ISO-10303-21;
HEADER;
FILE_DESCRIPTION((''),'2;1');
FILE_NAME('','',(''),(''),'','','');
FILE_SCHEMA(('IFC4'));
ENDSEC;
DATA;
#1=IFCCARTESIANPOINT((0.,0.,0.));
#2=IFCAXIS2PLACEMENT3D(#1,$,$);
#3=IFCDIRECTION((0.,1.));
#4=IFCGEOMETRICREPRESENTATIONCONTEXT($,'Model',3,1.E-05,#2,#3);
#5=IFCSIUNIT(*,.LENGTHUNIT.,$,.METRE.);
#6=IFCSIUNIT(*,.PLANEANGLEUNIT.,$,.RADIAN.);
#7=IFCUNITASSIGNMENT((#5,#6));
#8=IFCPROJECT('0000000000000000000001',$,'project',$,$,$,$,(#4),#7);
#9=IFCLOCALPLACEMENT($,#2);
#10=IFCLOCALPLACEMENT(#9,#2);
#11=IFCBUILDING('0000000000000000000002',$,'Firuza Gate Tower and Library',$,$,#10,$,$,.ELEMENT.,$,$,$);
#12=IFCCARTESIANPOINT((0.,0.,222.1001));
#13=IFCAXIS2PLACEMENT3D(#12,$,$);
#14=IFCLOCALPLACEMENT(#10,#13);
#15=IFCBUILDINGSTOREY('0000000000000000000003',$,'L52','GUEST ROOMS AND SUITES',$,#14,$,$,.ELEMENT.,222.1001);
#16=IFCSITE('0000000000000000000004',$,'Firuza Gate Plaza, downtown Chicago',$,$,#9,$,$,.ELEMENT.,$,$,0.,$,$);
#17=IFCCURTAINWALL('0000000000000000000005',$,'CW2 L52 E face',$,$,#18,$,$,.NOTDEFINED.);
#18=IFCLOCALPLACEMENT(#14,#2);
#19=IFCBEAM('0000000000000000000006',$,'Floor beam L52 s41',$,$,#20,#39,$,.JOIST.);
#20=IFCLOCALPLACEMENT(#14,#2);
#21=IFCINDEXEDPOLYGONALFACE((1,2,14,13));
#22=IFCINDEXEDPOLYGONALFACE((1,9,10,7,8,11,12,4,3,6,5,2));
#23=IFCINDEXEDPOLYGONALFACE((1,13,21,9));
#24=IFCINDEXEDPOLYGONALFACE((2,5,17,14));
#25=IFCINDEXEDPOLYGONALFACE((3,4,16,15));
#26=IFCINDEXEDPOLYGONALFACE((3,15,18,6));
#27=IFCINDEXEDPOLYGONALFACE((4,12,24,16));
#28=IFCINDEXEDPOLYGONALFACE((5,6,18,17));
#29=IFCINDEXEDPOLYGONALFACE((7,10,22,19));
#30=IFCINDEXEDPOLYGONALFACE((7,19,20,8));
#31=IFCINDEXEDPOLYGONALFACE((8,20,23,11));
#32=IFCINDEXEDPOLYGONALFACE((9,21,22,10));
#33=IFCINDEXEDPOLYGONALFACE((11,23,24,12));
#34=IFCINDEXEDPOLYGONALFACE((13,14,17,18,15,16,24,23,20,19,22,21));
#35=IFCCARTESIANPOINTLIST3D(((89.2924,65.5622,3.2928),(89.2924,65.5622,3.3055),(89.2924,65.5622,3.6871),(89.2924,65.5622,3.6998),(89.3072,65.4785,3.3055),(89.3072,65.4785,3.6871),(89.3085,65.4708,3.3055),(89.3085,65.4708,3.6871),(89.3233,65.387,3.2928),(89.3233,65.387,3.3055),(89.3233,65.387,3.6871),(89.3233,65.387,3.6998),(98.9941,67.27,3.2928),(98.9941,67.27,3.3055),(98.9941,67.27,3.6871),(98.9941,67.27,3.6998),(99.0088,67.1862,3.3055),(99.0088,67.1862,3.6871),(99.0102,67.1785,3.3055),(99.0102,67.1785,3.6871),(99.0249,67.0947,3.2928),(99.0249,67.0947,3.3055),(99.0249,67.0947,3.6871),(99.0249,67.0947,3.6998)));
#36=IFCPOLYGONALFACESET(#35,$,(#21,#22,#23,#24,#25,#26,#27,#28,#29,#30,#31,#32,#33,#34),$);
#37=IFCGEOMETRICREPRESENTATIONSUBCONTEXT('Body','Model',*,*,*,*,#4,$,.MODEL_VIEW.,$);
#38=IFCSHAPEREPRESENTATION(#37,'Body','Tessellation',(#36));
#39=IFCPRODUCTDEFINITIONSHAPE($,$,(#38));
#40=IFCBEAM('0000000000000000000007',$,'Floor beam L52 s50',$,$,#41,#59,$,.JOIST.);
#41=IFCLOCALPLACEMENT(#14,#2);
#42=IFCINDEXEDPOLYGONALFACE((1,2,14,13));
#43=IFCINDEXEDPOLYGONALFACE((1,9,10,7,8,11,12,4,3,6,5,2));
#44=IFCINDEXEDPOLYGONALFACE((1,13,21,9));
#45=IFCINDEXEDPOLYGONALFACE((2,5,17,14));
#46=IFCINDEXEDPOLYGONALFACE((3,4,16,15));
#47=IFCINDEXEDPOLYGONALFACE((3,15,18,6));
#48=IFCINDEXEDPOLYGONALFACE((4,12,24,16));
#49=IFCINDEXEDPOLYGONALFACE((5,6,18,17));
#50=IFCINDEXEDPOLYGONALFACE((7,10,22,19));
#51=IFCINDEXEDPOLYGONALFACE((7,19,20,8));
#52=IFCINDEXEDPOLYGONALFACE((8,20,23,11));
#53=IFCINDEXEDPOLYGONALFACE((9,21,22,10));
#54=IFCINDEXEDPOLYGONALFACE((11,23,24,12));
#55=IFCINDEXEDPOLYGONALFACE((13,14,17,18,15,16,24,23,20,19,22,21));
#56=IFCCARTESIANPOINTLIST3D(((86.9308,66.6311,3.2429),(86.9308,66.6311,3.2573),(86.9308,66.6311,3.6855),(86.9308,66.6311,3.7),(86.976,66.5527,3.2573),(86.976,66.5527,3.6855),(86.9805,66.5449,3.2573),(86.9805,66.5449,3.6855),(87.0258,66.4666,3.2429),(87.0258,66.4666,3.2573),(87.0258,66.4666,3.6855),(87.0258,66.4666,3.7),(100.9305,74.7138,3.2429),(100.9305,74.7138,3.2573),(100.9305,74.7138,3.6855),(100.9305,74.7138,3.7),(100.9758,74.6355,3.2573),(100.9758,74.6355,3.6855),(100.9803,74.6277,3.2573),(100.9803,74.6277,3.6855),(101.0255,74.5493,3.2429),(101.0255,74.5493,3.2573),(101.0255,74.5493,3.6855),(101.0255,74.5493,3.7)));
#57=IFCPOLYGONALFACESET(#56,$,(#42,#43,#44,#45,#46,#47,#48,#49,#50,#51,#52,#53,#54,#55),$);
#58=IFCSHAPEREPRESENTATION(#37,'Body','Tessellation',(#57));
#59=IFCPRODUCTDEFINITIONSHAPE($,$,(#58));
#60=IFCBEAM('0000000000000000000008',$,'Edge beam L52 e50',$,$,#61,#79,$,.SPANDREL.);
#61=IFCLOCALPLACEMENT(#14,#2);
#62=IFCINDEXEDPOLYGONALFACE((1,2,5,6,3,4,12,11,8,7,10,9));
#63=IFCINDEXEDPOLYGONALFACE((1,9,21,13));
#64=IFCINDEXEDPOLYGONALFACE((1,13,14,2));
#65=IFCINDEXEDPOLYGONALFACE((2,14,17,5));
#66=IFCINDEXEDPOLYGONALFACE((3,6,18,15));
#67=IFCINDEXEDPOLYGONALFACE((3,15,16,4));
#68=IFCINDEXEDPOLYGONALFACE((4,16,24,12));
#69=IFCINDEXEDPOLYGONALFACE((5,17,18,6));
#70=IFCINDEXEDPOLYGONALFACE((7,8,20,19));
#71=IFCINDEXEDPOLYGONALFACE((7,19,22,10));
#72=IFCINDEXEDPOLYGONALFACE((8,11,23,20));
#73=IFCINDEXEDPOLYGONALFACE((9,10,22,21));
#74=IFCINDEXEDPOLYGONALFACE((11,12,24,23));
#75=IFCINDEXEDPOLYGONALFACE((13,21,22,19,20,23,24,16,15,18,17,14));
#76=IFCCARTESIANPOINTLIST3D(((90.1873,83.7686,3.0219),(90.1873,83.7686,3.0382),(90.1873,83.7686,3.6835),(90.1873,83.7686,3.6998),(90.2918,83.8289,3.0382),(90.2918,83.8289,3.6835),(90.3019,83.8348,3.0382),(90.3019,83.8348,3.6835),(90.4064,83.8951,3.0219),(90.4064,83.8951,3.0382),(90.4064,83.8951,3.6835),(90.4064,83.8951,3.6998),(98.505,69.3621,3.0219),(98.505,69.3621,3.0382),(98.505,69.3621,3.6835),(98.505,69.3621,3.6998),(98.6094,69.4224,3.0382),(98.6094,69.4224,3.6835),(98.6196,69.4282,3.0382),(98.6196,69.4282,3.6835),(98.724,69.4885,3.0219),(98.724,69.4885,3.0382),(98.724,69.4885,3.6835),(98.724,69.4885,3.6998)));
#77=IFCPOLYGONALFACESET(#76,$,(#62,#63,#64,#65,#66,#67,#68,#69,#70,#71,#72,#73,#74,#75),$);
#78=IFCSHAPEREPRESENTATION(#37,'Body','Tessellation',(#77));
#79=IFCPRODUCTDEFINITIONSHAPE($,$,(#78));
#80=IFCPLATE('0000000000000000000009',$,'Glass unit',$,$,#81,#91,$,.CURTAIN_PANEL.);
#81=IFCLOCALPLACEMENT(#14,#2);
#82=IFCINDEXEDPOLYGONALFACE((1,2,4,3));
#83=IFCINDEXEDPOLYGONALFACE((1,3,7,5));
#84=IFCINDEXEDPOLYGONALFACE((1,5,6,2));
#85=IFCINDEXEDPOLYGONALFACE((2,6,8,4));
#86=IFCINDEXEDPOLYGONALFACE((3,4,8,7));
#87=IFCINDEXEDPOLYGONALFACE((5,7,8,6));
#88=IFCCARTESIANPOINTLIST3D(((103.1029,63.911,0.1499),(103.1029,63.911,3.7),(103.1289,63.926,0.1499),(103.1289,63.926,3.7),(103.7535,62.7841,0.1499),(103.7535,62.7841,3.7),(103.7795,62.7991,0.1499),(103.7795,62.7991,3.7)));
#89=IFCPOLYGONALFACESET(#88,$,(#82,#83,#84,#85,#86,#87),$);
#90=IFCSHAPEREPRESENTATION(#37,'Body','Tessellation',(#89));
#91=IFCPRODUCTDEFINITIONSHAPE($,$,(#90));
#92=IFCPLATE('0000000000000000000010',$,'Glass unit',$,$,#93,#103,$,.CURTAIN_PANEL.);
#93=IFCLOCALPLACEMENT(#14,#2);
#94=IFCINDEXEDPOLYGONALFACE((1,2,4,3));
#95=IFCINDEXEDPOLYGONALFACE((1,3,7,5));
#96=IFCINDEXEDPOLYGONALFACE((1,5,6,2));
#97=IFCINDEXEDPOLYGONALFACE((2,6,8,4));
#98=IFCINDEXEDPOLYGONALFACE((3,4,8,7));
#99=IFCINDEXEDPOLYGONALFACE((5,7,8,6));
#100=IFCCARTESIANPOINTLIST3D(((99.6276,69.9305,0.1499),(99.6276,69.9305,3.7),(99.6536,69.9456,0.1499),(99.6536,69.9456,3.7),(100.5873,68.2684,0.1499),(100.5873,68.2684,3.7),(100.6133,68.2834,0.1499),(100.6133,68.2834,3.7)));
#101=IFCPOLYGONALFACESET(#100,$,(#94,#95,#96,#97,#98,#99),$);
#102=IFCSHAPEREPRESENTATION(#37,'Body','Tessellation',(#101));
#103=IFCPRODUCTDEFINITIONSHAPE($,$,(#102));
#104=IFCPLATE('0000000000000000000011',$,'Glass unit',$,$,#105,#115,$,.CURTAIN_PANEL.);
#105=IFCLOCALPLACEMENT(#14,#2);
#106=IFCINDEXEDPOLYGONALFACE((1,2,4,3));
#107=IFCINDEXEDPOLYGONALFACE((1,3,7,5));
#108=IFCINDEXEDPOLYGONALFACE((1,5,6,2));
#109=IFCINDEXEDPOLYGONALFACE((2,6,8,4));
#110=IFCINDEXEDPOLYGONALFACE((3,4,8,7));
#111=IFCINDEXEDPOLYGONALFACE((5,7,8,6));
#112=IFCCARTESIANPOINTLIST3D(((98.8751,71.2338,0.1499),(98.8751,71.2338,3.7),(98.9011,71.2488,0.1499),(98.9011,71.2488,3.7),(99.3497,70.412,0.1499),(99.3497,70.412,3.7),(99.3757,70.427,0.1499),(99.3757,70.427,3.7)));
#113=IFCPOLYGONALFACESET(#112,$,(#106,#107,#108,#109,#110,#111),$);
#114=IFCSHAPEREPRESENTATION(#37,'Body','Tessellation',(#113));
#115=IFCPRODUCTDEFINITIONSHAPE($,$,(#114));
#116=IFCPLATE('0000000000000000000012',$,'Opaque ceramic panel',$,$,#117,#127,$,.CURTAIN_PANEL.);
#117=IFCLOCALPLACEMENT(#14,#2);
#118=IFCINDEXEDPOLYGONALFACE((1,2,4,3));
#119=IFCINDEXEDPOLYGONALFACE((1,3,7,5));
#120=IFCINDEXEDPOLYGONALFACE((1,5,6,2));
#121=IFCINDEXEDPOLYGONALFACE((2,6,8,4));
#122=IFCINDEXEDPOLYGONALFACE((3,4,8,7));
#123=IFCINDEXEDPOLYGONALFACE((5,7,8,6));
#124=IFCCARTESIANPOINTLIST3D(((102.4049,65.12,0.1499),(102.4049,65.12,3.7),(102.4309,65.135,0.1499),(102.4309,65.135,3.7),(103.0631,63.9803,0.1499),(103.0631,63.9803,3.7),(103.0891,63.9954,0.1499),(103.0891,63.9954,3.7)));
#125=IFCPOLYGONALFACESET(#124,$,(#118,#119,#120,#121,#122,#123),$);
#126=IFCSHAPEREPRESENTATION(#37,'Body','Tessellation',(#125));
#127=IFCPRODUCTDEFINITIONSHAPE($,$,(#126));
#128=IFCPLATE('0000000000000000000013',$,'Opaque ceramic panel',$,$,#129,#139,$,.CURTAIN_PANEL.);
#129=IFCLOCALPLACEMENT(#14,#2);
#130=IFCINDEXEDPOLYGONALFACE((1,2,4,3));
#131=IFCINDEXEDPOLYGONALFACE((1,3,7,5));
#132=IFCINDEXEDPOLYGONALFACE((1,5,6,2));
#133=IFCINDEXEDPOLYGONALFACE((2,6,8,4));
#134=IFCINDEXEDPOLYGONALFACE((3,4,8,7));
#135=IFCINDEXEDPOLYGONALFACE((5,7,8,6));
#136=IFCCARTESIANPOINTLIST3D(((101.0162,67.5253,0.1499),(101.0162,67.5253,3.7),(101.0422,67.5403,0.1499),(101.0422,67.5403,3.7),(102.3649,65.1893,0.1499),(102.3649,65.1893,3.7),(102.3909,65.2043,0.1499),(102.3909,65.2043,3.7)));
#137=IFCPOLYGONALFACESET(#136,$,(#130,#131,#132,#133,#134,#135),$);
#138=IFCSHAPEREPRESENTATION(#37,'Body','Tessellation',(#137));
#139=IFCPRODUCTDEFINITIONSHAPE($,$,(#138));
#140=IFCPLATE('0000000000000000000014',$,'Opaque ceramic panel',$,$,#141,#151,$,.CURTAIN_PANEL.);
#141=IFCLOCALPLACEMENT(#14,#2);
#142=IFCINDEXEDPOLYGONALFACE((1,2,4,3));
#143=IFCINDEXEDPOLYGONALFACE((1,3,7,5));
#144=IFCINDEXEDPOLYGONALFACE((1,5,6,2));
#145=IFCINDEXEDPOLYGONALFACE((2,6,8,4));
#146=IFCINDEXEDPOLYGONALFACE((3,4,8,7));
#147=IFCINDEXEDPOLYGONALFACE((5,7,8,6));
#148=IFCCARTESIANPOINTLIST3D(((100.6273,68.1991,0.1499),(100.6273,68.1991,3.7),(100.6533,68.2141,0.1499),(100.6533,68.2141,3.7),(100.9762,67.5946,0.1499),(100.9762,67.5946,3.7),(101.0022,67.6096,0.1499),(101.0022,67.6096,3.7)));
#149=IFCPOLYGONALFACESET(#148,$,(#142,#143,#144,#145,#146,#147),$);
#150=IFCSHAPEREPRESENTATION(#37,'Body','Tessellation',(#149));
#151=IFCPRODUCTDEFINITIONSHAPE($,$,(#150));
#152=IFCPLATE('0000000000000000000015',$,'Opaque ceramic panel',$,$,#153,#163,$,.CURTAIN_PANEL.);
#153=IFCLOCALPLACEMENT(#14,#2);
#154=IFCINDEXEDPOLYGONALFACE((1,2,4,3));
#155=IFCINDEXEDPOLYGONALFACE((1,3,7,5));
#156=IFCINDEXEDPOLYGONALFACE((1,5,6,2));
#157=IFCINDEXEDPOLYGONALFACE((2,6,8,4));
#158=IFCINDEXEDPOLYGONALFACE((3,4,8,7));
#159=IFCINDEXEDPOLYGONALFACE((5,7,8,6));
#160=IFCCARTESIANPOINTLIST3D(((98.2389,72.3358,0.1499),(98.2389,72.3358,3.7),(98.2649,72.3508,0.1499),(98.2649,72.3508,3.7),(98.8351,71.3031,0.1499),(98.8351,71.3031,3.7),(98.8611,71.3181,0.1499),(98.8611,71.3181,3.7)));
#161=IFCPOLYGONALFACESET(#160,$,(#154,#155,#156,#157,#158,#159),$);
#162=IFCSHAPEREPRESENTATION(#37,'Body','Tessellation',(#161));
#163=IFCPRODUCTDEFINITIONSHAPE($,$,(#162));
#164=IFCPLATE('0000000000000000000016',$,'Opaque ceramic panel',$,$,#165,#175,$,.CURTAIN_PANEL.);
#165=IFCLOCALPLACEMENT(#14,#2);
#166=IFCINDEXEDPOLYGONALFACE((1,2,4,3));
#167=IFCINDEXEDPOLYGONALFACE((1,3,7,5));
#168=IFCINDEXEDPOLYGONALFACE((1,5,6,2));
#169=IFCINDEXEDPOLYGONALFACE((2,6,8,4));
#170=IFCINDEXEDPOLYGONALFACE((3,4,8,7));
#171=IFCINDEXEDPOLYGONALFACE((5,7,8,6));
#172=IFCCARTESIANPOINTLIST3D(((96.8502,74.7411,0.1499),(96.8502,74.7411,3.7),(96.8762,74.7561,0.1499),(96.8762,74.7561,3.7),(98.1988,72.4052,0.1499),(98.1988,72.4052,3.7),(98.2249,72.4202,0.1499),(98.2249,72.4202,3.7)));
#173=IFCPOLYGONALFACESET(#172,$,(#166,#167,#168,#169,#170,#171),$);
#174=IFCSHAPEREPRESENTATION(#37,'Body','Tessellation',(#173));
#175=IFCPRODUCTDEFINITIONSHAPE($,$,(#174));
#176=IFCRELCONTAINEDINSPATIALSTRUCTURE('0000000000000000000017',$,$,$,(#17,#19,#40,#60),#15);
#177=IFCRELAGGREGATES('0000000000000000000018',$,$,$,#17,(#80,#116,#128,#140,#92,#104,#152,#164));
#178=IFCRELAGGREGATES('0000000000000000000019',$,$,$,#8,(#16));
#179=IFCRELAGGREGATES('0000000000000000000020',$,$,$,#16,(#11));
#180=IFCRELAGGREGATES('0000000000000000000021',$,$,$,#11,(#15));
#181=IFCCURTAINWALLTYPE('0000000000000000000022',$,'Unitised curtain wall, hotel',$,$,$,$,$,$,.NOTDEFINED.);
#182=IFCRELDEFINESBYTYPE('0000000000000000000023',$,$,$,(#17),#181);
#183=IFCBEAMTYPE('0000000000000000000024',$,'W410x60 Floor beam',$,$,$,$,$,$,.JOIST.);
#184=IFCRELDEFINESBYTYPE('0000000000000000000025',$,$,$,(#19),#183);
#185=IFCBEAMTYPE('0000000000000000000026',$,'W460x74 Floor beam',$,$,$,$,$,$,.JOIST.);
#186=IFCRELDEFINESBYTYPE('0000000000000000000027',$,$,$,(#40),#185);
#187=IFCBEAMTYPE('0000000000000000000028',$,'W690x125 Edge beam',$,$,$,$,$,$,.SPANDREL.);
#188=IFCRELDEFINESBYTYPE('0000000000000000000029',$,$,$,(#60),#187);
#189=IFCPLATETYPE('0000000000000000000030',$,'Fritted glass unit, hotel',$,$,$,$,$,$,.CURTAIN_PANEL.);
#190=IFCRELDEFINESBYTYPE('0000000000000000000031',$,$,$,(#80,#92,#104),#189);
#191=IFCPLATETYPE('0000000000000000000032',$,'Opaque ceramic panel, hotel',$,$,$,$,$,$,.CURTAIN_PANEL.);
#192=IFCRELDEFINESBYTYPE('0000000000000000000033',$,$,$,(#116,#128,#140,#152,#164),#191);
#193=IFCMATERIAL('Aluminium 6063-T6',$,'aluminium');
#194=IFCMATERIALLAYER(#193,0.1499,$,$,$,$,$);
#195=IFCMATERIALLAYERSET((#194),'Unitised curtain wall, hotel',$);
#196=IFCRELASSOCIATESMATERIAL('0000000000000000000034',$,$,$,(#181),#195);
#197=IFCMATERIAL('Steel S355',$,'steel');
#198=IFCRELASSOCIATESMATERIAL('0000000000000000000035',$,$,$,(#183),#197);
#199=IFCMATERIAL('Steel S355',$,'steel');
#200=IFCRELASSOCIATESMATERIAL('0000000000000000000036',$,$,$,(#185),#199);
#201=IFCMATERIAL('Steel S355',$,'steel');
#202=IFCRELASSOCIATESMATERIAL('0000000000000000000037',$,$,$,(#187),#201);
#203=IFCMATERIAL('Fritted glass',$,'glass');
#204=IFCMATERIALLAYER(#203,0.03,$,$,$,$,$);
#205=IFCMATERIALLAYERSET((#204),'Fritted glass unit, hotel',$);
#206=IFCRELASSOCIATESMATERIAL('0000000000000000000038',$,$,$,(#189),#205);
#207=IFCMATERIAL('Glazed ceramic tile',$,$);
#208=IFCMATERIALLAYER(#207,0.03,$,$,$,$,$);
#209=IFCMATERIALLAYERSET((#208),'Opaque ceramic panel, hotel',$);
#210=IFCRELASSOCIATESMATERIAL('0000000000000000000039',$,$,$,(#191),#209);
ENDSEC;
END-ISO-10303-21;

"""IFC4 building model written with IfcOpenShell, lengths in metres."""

from ifc_helpers import new_model, si_unit, direction, frame, origin, origin_2d, place, context, subcontext, project, spatial, polyline, i_section, outline, extrude, material, layer, layer_set, material_profile, profile_set, type_object, element, aggregate, save


model = new_model("IFC4")

# Units and contexts
model_context = context("Model", 3, precision=1e-05, world=origin(), true_north=direction((0.0, 1.0)))
body_context = subcontext(model_context, "Body", "Model", "MODEL_VIEW")
ifc_project = project(units=[si_unit("LENGTHUNIT", "METRE"), si_unit("PLANEANGLEUNIT", "RADIAN")], contexts=[model_context])

# Site, building, storey
site_placement = place(None, origin())
site = spatial("IfcSite", under=ifc_project, at=site_placement, Name="Firuza Gate Plaza, downtown Chicago", CompositionType="ELEMENT", RefElevation=0.0)
building_placement = place(site_placement, origin())
building = spatial("IfcBuilding", under=site, at=building_placement, Name="Firuza Gate Tower and Library", CompositionType="ELEMENT")
storey_placement = place(building_placement, frame((0.0, 0.0, 222.1001)))
storey = spatial("IfcBuildingStorey", under=building, at=storey_placement, Name="L52", Description="GUEST ROOMS AND SUITES", CompositionType="ELEMENT", Elevation=222.1001)

# Curtain wall
ifc_material_1 = material(Name="Aluminium 6063-T6", Category="aluminium")
ifc_layer_1 = layer(ifc_material_1, 0.1499)
ifc_layer_set_1 = layer_set([ifc_layer_1], Name="Unitised curtain wall, hotel")
curtain_wall_type = type_object("IfcCurtainWallType", Name="Unitised curtain wall, hotel", PredefinedType="NOTDEFINED", material=ifc_layer_set_1)
curtain_wall_placement = place(storey_placement, origin())
curtain_wall = element("IfcCurtainWall", 1, at=curtain_wall_placement, inside=storey, type_object=curtain_wall_type, Name="CW2 L52 E face", PredefinedType="NOTDEFINED")

# Beams
ifc_material_2 = material(Name="Steel S355", Category="steel")
ifc_material_profile_1 = material_profile(ifc_material_2, i_section(OverallWidth=0.178, OverallDepth=0.407, WebThickness=0.0078, FlangeThickness=0.0127, at=origin_2d()))
ifc_profile_set_1 = profile_set([ifc_material_profile_1], Name="Steel S355")
beam_type_1 = type_object("IfcBeamType", Name="W410x60 Floor beam", PredefinedType="JOIST", material=ifc_profile_set_1)
beam_1_placement = place(storey_placement, frame((99.0095, 67.1824, 3.4963), z_axis=(-0.984858, -0.173363, 0.0), x_axis=(0.173363, -0.984858, 0.0)))
element("IfcBeam", 2, at=beam_1_placement, inside=storey, type_object=beam_type_1, Name="Floor beam L52 s41", PredefinedType="JOIST", context=body_context, shape_type="SweptSolid", body=[
    extrude(i_section(OverallWidth=0.178, OverallDepth=0.407, WebThickness=0.0078, FlangeThickness=0.0127, at=origin_2d()), origin(), (0.0, 0.0, 1.0), 9.8508),
])
ifc_material_3 = material(Name="Steel S355", Category="steel")
ifc_material_profile_2 = material_profile(ifc_material_3, i_section(OverallWidth=0.1899, OverallDepth=0.457, WebThickness=0.009, FlangeThickness=0.0144, at=origin_2d()))
ifc_profile_set_2 = profile_set([ifc_material_profile_2], Name="Steel S355")
beam_type_2 = type_object("IfcBeamType", Name="W460x74 Floor beam", PredefinedType="JOIST", material=ifc_profile_set_2)
beam_2_placement = place(storey_placement, frame((100.978, 74.6316, 3.4714), z_axis=(-0.866025, -0.5, 0.0), x_axis=(0.5, -0.866025, 0.0)))
element("IfcBeam", 3, at=beam_2_placement, inside=storey, type_object=beam_type_2, Name="Floor beam L52 s50", PredefinedType="JOIST", context=body_context, shape_type="SweptSolid", body=[
    extrude(i_section(OverallWidth=0.1899, OverallDepth=0.457, WebThickness=0.009, FlangeThickness=0.0144, at=origin_2d()), origin(), (0.0, 0.0, 1.0), 16.1655),
])
ifc_material_4 = material(Name="Steel S355", Category="steel")
ifc_material_profile_3 = material_profile(ifc_material_4, i_section(OverallWidth=0.2529, OverallDepth=0.678, WebThickness=0.0117, FlangeThickness=0.0164, at=origin_2d()))
ifc_profile_set_3 = profile_set([ifc_material_profile_3], Name="Steel S355")
beam_type_3 = type_object("IfcBeamType", Name="W690x125 Edge beam", PredefinedType="SPANDREL", material=ifc_profile_set_3)
beam_3_placement = place(storey_placement, frame((98.6145, 69.4253, 3.3608), z_axis=(-0.500002, 0.866025, 0.0), x_axis=(-0.866025, -0.500002, 0.0)))
element("IfcBeam", 4, at=beam_3_placement, inside=storey, type_object=beam_type_3, Name="Edge beam L52 e50", PredefinedType="SPANDREL", context=body_context, shape_type="SweptSolid", body=[
    extrude(i_section(OverallWidth=0.2529, OverallDepth=0.678, WebThickness=0.0117, FlangeThickness=0.0164, at=origin_2d()), origin(), (0.0, 0.0, 1.0), 16.6353),
])

# Plates
ifc_material_5 = material(Name="Fritted glass", Category="glass")
ifc_layer_2 = layer(ifc_material_5, 0.03)
ifc_layer_set_2 = layer_set([ifc_layer_2], Name="Fritted glass unit, hotel")
plate_type_1 = type_object("IfcPlateType", Name="Fritted glass unit, hotel", PredefinedType="CURTAIN_PANEL", material=ifc_layer_set_2)
plate_1_placement = place(storey_placement, frame((103.7795, 62.7991, 0.1499), z_axis=(0.866029, 0.499993, 0.0), x_axis=(-0.499993, 0.866029, 0.0)))
plate_1 = element("IfcPlate", 5, at=plate_1_placement, type_object=plate_type_1, Name="Glass unit", PredefinedType="CURTAIN_PANEL", context=body_context, shape_type="SweptSolid", body=[
    extrude(outline(polyline([(0.0, 0.0), (1.3013, 0.0), (1.3013, 3.55), (0.0, 3.55), (0.0, 0.0)])), origin(), (0.0, 0.0, -1.0), 0.03),
])
plate_2_placement = place(storey_placement, frame((100.6133, 68.2834, 0.1499), z_axis=(0.866003, 0.500038, 0.0), x_axis=(-0.500038, 0.866003, 0.0)))
plate_2 = element("IfcPlate", 6, at=plate_2_placement, type_object=plate_type_1, Name="Glass unit", PredefinedType="CURTAIN_PANEL", context=body_context, shape_type="SweptSolid", body=[
    extrude(outline(polyline([(0.0, 0.0), (1.9193, 0.0), (1.9193, 3.55), (0.0, 3.55), (0.0, 0.0)])), origin(), (0.0, 0.0, -1.0), 0.03),
])
plate_3_placement = place(storey_placement, frame((99.3757, 70.427, 0.1499), z_axis=(0.865954, 0.500123, 0.0), x_axis=(-0.500123, 0.865954, 0.0)))
plate_3 = element("IfcPlate", 7, at=plate_3_placement, type_object=plate_type_1, Name="Glass unit", PredefinedType="CURTAIN_PANEL", context=body_context, shape_type="SweptSolid", body=[
    extrude(outline(polyline([(0.0, 0.0), (0.949, 0.0), (0.949, 3.55), (0.0, 3.55), (0.0, 0.0)])), origin(), (0.0, 0.0, -1.0), 0.03),
])
ifc_material_6 = material(Name="Glazed ceramic tile")
ifc_layer_3 = layer(ifc_material_6, 0.03)
ifc_layer_set_3 = layer_set([ifc_layer_3], Name="Opaque ceramic panel, hotel")
plate_type_2 = type_object("IfcPlateType", Name="Opaque ceramic panel, hotel", PredefinedType="CURTAIN_PANEL", material=ifc_layer_set_3)
plate_4_placement = place(storey_placement, frame((103.0891, 63.9954, 0.1499), z_axis=(0.865951, 0.500129, 0.0), x_axis=(-0.500129, 0.865951, 0.0)))
plate_4 = element("IfcPlate", 8, at=plate_4_placement, type_object=plate_type_2, Name="Opaque ceramic panel", PredefinedType="CURTAIN_PANEL", context=body_context, shape_type="SweptSolid", body=[
    extrude(outline(polyline([(0.0, 0.0), (1.3161, 0.0), (1.3161, 3.55), (0.0, 3.55), (0.0, 0.0)])), origin(), (0.0, 0.0, -1.0), 0.03),
])
plate_5_placement = place(storey_placement, frame((102.3909, 65.2043, 0.1499), z_axis=(0.866029, 0.499994, 0.0), x_axis=(-0.499994, 0.866029, 0.0)))
plate_5 = element("IfcPlate", 9, at=plate_5_placement, type_object=plate_type_2, Name="Opaque ceramic panel", PredefinedType="CURTAIN_PANEL", context=body_context, shape_type="SweptSolid", body=[
    extrude(outline(polyline([(0.0, 0.0), (2.6973, 0.0), (2.6973, 3.55), (0.0, 3.55), (0.0, 0.0)])), origin(), (0.0, 0.0, -1.0), 0.03),
])
plate_6_placement = place(storey_placement, frame((101.0022, 67.6096, 0.1499), z_axis=(0.866104, 0.499864, 0.0), x_axis=(-0.499864, 0.866104, 0.0)))
plate_6 = element("IfcPlate", 10, at=plate_6_placement, type_object=plate_type_2, Name="Opaque ceramic panel", PredefinedType="CURTAIN_PANEL", context=body_context, shape_type="SweptSolid", body=[
    extrude(outline(polyline([(0.0, 0.0), (0.6979, 0.0), (0.6979, 3.55), (0.0, 3.55), (0.0, 0.0)])), origin(), (0.0, 0.0, -1.0), 0.03),
])
plate_7_placement = place(storey_placement, frame((98.8611, 71.3181, 0.1499), z_axis=(0.866042, 0.499971, 0.0), x_axis=(-0.499971, 0.866042, 0.0)))
plate_7 = element("IfcPlate", 11, at=plate_7_placement, type_object=plate_type_2, Name="Opaque ceramic panel", PredefinedType="CURTAIN_PANEL", context=body_context, shape_type="SweptSolid", body=[
    extrude(outline(polyline([(0.0, 0.0), (1.1925, 0.0), (1.1925, 3.55), (0.0, 3.55), (0.0, 0.0)])), origin(), (0.0, 0.0, -1.0), 0.03),
])
plate_8_placement = place(storey_placement, frame((98.2249, 72.4202, 0.1499), z_axis=(0.866029, 0.499994, 0.0), x_axis=(-0.499994, 0.866029, 0.0)))
plate_8 = element("IfcPlate", 12, at=plate_8_placement, type_object=plate_type_2, Name="Opaque ceramic panel", PredefinedType="CURTAIN_PANEL", context=body_context, shape_type="SweptSolid", body=[
    extrude(outline(polyline([(0.0, 0.0), (2.6973, 0.0), (2.6973, 3.55), (0.0, 3.55), (0.0, 0.0)])), origin(), (0.0, 0.0, -1.0), 0.03),
])
aggregate(curtain_wall, [plate_1, plate_4, plate_5, plate_6, plate_2, plate_3, plate_7, plate_8])

save(model, "model.ifc")
